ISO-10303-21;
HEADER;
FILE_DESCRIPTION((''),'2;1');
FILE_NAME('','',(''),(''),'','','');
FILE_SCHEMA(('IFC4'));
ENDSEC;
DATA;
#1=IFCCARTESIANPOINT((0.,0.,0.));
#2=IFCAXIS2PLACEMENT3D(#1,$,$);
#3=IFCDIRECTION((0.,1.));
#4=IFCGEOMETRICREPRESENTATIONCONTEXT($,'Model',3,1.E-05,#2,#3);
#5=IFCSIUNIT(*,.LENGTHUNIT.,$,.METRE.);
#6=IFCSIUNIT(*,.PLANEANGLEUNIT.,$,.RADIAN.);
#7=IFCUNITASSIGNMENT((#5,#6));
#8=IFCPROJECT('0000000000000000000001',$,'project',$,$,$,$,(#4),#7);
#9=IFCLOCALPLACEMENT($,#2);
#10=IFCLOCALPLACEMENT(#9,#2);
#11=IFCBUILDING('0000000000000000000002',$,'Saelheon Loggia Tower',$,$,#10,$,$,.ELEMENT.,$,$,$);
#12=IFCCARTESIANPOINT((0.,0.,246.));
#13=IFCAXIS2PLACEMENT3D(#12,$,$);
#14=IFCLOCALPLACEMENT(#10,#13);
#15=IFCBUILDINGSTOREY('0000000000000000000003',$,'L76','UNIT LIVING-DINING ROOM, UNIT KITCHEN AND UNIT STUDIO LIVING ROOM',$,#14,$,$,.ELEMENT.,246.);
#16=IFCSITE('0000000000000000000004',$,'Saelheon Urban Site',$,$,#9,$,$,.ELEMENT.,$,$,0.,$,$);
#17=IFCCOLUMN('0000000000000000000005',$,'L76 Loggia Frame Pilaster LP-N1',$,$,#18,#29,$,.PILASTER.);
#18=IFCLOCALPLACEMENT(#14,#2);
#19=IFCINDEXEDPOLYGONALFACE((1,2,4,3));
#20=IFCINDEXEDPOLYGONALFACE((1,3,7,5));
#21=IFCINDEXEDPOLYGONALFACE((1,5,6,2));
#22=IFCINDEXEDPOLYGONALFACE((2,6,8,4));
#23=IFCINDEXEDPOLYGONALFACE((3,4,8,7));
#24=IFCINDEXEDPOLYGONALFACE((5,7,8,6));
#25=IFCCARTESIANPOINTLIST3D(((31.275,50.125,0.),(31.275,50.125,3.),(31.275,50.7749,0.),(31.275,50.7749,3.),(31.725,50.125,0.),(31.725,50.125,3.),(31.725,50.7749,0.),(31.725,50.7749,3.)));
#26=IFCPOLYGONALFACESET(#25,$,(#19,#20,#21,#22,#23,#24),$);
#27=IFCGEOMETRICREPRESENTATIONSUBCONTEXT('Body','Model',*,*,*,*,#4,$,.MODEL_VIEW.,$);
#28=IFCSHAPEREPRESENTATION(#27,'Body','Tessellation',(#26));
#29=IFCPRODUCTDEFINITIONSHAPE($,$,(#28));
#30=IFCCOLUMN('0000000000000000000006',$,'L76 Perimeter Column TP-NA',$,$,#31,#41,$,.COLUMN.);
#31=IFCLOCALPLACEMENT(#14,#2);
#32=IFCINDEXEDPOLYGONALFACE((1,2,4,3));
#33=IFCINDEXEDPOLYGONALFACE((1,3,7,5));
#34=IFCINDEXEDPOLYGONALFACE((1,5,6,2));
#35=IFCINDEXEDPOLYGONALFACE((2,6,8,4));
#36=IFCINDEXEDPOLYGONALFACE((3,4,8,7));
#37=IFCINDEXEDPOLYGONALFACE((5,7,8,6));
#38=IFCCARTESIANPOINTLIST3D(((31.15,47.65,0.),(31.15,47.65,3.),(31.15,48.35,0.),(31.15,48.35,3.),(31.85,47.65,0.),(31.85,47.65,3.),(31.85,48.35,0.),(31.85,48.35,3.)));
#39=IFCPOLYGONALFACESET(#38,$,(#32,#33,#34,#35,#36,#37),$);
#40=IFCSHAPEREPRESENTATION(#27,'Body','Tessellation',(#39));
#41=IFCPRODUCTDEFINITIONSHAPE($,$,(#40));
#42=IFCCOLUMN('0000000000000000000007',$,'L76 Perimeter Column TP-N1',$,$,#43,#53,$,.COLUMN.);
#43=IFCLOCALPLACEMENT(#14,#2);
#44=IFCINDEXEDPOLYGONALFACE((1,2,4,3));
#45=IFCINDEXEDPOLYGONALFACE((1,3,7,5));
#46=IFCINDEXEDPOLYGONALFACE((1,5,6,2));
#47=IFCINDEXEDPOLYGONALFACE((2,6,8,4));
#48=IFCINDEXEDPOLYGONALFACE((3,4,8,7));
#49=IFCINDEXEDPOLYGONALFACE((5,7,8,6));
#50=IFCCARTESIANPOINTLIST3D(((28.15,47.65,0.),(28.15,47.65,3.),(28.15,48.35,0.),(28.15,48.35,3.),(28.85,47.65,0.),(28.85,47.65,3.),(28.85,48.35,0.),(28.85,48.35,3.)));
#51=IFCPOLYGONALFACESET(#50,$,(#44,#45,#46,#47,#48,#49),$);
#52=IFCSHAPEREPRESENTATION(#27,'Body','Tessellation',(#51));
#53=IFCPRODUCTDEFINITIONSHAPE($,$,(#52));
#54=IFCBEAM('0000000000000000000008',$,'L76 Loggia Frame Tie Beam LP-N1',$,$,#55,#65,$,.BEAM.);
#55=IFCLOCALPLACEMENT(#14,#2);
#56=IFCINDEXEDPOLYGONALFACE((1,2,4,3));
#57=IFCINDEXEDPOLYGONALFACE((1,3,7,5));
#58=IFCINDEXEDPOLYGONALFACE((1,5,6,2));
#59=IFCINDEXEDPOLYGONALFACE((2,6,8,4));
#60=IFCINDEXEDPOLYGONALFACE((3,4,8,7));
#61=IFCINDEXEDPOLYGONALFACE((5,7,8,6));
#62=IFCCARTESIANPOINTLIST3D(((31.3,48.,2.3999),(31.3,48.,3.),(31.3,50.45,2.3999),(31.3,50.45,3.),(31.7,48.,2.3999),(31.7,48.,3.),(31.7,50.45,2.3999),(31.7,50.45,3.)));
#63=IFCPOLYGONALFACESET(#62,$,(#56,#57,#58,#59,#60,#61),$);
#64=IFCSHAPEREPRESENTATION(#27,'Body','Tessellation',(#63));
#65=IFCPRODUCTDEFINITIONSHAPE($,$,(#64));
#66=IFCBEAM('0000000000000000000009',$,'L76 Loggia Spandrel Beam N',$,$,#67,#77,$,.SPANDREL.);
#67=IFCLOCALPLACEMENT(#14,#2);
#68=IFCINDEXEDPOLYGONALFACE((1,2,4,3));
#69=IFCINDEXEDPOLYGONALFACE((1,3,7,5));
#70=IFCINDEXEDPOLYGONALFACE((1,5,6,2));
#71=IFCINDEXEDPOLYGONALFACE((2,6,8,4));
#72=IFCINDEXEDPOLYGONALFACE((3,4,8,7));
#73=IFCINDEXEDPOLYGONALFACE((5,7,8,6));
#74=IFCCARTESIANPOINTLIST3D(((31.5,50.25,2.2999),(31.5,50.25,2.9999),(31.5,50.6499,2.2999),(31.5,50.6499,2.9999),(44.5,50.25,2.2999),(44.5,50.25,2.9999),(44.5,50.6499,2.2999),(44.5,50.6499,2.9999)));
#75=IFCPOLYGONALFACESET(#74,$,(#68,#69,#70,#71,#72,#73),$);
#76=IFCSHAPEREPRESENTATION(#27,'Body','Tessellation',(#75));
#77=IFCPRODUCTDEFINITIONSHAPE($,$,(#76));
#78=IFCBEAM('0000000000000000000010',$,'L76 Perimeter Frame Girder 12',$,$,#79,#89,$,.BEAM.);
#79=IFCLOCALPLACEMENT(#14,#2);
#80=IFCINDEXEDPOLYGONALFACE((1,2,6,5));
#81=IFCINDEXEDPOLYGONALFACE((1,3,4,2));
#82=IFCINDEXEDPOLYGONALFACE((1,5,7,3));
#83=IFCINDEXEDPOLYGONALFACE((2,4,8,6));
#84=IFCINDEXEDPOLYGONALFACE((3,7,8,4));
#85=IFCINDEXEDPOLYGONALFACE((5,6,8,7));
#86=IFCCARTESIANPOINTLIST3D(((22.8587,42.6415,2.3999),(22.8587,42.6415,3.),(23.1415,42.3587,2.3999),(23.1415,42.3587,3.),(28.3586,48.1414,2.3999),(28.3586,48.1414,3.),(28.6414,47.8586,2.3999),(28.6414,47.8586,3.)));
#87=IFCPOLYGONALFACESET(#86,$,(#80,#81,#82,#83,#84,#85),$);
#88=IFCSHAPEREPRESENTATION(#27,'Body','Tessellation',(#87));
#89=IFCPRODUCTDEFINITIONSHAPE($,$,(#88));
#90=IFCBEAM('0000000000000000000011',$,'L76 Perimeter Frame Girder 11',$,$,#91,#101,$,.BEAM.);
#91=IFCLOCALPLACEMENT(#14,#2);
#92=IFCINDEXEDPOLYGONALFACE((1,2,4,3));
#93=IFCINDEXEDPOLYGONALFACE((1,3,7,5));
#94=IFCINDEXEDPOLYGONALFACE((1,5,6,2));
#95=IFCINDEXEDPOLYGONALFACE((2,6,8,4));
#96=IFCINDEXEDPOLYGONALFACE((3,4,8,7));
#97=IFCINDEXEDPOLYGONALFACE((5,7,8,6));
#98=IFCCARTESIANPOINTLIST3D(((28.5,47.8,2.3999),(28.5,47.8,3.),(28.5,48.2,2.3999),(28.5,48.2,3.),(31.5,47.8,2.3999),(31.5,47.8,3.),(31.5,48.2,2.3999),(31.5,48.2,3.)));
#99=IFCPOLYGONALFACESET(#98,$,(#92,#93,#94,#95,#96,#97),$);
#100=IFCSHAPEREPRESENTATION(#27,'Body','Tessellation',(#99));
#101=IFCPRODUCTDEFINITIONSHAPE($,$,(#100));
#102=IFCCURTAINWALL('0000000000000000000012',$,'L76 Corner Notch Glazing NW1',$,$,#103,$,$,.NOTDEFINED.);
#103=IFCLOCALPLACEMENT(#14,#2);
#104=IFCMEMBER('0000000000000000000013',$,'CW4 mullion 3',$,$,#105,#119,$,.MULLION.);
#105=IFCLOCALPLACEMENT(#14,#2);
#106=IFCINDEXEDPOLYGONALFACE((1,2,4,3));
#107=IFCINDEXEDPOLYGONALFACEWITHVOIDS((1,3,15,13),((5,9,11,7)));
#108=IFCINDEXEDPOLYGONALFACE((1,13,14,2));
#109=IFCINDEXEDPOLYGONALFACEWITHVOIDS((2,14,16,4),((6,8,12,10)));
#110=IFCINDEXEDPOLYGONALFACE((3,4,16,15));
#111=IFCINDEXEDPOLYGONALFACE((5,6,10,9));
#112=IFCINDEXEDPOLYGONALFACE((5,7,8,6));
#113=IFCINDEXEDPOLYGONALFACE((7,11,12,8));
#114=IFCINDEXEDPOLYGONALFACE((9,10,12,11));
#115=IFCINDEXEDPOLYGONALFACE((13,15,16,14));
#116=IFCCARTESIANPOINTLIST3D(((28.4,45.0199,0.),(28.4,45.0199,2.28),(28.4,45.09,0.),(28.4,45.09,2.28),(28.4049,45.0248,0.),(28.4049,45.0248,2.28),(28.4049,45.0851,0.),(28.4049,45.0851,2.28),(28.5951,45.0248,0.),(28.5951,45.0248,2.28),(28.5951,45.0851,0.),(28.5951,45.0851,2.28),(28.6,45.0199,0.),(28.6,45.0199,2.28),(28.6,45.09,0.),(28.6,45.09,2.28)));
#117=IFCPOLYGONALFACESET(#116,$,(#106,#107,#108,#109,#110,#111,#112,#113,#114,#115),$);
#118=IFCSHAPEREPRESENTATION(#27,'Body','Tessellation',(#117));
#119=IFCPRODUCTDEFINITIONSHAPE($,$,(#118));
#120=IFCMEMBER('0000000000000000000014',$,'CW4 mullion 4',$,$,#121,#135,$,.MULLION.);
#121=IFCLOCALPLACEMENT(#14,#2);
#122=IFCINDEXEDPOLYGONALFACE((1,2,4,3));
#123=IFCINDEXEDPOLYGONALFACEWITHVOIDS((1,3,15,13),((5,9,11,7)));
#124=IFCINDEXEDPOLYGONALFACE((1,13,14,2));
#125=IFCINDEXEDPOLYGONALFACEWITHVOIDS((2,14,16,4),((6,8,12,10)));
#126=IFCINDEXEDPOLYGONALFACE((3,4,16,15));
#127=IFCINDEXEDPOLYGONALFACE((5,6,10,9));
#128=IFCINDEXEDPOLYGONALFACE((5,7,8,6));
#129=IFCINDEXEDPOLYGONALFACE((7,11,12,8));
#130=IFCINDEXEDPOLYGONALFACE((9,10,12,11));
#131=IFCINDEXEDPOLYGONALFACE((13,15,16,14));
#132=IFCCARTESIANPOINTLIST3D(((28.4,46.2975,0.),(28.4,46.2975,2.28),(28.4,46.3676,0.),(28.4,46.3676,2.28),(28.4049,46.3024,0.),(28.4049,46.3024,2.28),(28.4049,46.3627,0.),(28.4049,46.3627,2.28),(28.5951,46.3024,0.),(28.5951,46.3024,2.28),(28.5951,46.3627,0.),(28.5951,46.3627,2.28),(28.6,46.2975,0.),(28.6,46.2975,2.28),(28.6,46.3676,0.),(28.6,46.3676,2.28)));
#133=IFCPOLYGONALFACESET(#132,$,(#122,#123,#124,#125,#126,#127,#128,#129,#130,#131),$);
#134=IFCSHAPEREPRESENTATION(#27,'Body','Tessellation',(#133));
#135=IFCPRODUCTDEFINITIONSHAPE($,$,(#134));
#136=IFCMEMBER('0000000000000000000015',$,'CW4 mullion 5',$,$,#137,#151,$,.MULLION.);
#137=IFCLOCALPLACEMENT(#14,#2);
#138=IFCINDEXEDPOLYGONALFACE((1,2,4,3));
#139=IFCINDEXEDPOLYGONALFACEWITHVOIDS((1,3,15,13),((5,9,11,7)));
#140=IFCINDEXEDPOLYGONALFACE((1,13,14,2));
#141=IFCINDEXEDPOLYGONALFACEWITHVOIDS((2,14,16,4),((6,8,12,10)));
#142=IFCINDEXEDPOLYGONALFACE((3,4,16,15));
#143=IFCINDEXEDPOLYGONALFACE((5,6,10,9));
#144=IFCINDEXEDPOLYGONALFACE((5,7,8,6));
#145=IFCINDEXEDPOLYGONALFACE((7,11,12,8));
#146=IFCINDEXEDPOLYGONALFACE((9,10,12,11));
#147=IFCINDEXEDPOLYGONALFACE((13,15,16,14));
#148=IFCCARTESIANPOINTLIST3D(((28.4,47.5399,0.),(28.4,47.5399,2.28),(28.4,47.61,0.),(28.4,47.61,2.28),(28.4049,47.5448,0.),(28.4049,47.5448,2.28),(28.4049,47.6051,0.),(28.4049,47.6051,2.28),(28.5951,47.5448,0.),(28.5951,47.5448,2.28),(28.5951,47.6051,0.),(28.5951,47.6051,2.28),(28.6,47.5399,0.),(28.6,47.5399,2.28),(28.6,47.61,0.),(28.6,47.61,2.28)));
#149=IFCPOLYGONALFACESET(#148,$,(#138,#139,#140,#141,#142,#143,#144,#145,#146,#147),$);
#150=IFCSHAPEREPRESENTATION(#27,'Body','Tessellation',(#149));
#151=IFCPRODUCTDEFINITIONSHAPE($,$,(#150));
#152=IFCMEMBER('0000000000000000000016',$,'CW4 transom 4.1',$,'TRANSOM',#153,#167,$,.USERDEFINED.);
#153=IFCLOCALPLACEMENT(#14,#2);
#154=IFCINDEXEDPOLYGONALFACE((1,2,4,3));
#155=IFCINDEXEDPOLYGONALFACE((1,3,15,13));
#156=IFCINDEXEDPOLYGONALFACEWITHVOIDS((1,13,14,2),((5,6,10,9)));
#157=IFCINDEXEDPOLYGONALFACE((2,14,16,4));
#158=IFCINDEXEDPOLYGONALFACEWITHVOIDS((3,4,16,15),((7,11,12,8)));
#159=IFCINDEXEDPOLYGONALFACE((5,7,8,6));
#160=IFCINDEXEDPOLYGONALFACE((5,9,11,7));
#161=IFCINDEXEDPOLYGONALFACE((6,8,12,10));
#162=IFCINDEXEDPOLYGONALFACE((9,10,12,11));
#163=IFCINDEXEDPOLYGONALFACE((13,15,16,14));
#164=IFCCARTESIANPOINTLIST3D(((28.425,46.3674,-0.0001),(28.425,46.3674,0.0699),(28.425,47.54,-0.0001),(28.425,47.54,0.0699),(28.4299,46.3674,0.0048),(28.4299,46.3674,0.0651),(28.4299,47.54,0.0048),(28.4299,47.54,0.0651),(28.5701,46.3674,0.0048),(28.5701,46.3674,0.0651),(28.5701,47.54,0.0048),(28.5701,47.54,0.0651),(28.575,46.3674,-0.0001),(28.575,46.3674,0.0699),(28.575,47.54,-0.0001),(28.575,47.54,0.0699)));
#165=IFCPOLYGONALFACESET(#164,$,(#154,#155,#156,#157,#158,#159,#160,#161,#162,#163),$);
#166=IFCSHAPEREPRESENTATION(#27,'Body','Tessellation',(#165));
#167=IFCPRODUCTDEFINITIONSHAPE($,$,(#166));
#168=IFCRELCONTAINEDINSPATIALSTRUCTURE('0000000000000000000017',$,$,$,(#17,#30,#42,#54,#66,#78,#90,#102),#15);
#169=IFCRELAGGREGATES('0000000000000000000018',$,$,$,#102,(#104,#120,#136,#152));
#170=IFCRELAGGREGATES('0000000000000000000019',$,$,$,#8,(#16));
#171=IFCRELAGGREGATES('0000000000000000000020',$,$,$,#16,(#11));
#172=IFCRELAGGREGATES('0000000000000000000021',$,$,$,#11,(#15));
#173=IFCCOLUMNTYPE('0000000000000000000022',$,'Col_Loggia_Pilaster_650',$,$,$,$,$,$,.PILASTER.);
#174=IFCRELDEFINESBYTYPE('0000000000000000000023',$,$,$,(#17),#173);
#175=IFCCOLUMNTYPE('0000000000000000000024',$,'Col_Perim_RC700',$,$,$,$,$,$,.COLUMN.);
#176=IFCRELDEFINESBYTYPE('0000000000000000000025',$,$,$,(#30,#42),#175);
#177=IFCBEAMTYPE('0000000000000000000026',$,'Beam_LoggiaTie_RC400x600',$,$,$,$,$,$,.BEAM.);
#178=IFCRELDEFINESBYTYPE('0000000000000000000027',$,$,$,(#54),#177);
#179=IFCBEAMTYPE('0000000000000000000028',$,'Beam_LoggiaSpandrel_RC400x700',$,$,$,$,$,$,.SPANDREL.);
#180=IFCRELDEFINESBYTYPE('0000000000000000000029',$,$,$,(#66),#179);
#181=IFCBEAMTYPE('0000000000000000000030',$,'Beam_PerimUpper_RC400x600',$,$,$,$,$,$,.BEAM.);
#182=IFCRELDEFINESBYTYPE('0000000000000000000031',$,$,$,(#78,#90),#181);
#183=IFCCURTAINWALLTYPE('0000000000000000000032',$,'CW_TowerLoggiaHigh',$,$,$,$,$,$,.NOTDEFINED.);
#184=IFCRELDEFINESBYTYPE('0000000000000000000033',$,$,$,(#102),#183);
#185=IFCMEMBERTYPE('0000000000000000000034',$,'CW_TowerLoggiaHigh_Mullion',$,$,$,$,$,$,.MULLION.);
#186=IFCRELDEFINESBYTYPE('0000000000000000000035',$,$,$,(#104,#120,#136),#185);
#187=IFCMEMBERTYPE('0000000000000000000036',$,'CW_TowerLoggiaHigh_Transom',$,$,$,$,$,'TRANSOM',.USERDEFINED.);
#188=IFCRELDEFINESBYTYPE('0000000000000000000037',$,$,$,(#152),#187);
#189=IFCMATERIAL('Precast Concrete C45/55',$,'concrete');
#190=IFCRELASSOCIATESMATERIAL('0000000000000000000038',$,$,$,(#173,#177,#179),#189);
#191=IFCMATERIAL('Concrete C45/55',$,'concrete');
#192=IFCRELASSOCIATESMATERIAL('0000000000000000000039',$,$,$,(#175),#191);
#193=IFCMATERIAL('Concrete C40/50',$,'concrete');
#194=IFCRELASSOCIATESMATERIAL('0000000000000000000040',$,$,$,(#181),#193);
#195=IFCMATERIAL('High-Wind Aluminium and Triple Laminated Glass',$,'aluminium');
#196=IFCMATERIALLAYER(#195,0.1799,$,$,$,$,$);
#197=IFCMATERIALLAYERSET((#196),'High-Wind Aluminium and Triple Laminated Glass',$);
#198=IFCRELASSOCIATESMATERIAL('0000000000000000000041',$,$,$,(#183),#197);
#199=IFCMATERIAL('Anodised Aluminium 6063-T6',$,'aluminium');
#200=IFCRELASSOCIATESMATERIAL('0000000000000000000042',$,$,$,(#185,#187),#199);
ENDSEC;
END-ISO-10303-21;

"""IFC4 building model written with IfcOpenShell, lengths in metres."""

from ifc_helpers import new_model, si_unit, direction, frame, origin, origin_2d, place, context, subcontext, project, spatial, rectangle, hollow_rectangle, extrude, source, transform, mapped, material, layer, layer_set, material_profile, profile_set, type_object, element, aggregate, save


model = new_model("IFC4")

# Units and contexts
model_context = context("Model", 3, precision=1e-05, world=origin(), true_north=direction((0.0, 1.0)))
body_context = subcontext(model_context, "Body", "Model", "MODEL_VIEW")
ifc_project = project(units=[si_unit("LENGTHUNIT", "METRE"), si_unit("PLANEANGLEUNIT", "RADIAN")], contexts=[model_context])

# Site, building, storey
site_placement = place(None, origin())
site = spatial("IfcSite", under=ifc_project, at=site_placement, Name="Saelheon Urban Site", CompositionType="ELEMENT", RefElevation=0.0)
building_placement = place(site_placement, origin())
building = spatial("IfcBuilding", under=site, at=building_placement, Name="Saelheon Loggia Tower", CompositionType="ELEMENT")
storey_placement = place(building_placement, frame((0.0, 0.0, 246.0)))
storey = spatial("IfcBuildingStorey", under=building, at=storey_placement, Name="L76", Description="UNIT LIVING-DINING ROOM, UNIT KITCHEN AND UNIT STUDIO LIVING ROOM", CompositionType="ELEMENT", Elevation=246.0)

# Columns
ifc_material_1 = material(Name="Precast Concrete C45/55", Category="concrete")
ifc_material_profile_1 = material_profile(ifc_material_1, rectangle(XDim=0.45, YDim=0.6499, at=origin_2d()), Name="RC-450x650")
ifc_profile_set_1 = profile_set([ifc_material_profile_1], Name="Precast Concrete C45/55")
column_type_1 = type_object("IfcColumnType", Name="Col_Loggia_Pilaster_650", PredefinedType="PILASTER", material=ifc_profile_set_1)
shared_shape_1 = source(origin(), body_context, "Body", "SweptSolid", [
    extrude(rectangle(XDim=0.45, YDim=0.6499, at=origin_2d()), origin(), (0.0, 0.0, 1.0), 3.0),
])
column_placement = place(storey_placement, frame((31.5, 50.45, 0.0), z_axis=(0.0, 0.0, 1.0), x_axis=(1.0, 0.0, 0.0)))
element("IfcColumn", 1, at=column_placement, inside=storey, type_object=column_type_1, Name="L76 Loggia Frame Pilaster LP-N1", PredefinedType="PILASTER", context=body_context, shape_type="MappedRepresentation", body=[
    mapped(shared_shape_1, transform((0.0, 0.0, 0.0), scale=1.0)),
])
ifc_material_2 = material(Name="Concrete C45/55", Category="concrete")
ifc_material_profile_2 = material_profile(ifc_material_2, rectangle(XDim=0.7, YDim=0.7, at=origin_2d()), Name="RC-700x700")
ifc_profile_set_2 = profile_set([ifc_material_profile_2], Name="Concrete C45/55")
column_type_2 = type_object("IfcColumnType", Name="Col_Perim_RC700", PredefinedType="COLUMN", material=ifc_profile_set_2)
shared_shape_2 = source(origin(), body_context, "Body", "SweptSolid", [
    extrude(rectangle(XDim=0.7, YDim=0.7, at=origin_2d()), origin(), (0.0, 0.0, 1.0), 3.0),
])
for number, where, z_axis, x_axis, name in (
    (2, (31.5, 48.0, 0.0), (0.0, 0.0, 1.0), (1.0, 0.0, 0.0), "L76 Perimeter Column TP-NA"),
    (3, (28.5, 48.0, 0.0), (0.0, 0.0, 1.0), (1.0, 0.0, 0.0), "L76 Perimeter Column TP-N1"),
):
    element("IfcColumn", number, at=place(storey_placement, frame(where, z_axis=z_axis, x_axis=x_axis)), inside=storey, type_object=column_type_2, Name=name, PredefinedType="COLUMN", context=body_context, shape_type="MappedRepresentation", body=[
        mapped(shared_shape_2, transform((0.0, 0.0, 0.0), scale=1.0)),
    ])

# Beams
ifc_material_profile_3 = material_profile(ifc_material_1, rectangle(XDim=0.3999, YDim=0.6001, at=origin_2d()), Name="RC-400x600")
ifc_profile_set_3 = profile_set([ifc_material_profile_3], Name="Precast Concrete C45/55")
beam_type_1 = type_object("IfcBeamType", Name="Beam_LoggiaTie_RC400x600", PredefinedType="BEAM", material=ifc_profile_set_3)
shared_shape_3 = source(origin(), body_context, "Body", "SweptSolid", [
    extrude(rectangle(XDim=0.3999, YDim=0.6001, at=origin_2d()), origin(), (0.0, 0.0, 1.0), 2.45),
])
beam_1_placement = place(storey_placement, frame((31.5, 48.0, 2.7), z_axis=(0.0, 1.0, 0.0), x_axis=(-1.0, 0.0, 0.0)))
element("IfcBeam", 4, at=beam_1_placement, inside=storey, type_object=beam_type_1, Name="L76 Loggia Frame Tie Beam LP-N1", PredefinedType="BEAM", context=body_context, shape_type="MappedRepresentation", body=[
    mapped(shared_shape_3, transform((0.0, 0.0, 0.0), scale=1.0)),
])
ifc_material_profile_4 = material_profile(ifc_material_1, rectangle(XDim=0.3999, YDim=0.7, at=origin_2d()), Name="RC-400x700")
ifc_profile_set_4 = profile_set([ifc_material_profile_4], Name="Precast Concrete C45/55")
beam_type_2 = type_object("IfcBeamType", Name="Beam_LoggiaSpandrel_RC400x700", PredefinedType="SPANDREL", material=ifc_profile_set_4)
shared_shape_4 = source(origin(), body_context, "Body", "SweptSolid", [
    extrude(rectangle(XDim=0.3999, YDim=0.7, at=origin_2d()), origin(), (0.0, 0.0, 1.0), 13.0),
])
beam_2_placement = place(storey_placement, frame((31.5, 50.45, 2.6499), z_axis=(1.0, 0.0, 0.0), x_axis=(0.0, 1.0, 0.0)))
element("IfcBeam", 5, at=beam_2_placement, inside=storey, type_object=beam_type_2, Name="L76 Loggia Spandrel Beam N", PredefinedType="SPANDREL", context=body_context, shape_type="MappedRepresentation", body=[
    mapped(shared_shape_4, transform((0.0, 0.0, 0.0), scale=1.0)),
])
ifc_material_3 = material(Name="Concrete C40/50", Category="concrete")
ifc_material_profile_5 = material_profile(ifc_material_3, rectangle(XDim=0.3999, YDim=0.6001, at=origin_2d()), Name="RC-400x600")
ifc_profile_set_5 = profile_set([ifc_material_profile_5], Name="Concrete C40/50")
beam_type_3 = type_object("IfcBeamType", Name="Beam_PerimUpper_RC400x600", PredefinedType="BEAM", material=ifc_profile_set_5)
shared_shape_5 = source(origin(), body_context, "Body", "SweptSolid", [
    extrude(rectangle(XDim=0.3999, YDim=0.6001, at=origin_2d()), origin(), (0.0, 0.0, 1.0), 7.7781),
])
beam_3_placement = place(storey_placement, frame((28.5, 48.0, 2.7), z_axis=(-0.707107, -0.707107, 0.0), x_axis=(0.707107, -0.707107, 0.0)))
element("IfcBeam", 6, at=beam_3_placement, inside=storey, type_object=beam_type_3, Name="L76 Perimeter Frame Girder 12", PredefinedType="BEAM", context=body_context, shape_type="MappedRepresentation", body=[
    mapped(shared_shape_5, transform((0.0, 0.0, 0.0), scale=1.0)),
])
shared_shape_6 = source(origin(), body_context, "Body", "SweptSolid", [
    extrude(rectangle(XDim=0.3999, YDim=0.6001, at=origin_2d()), origin(), (0.0, 0.0, 1.0), 3.0),
])
beam_4_placement = place(storey_placement, frame((31.5, 48.0, 2.7), z_axis=(-1.0, 0.0, 0.0), x_axis=(0.0, -1.0, 0.0)))
element("IfcBeam", 7, at=beam_4_placement, inside=storey, type_object=beam_type_3, Name="L76 Perimeter Frame Girder 11", PredefinedType="BEAM", context=body_context, shape_type="MappedRepresentation", body=[
    mapped(shared_shape_6, transform((0.0, 0.0, 0.0), scale=1.0)),
])

# Curtain wall, members
ifc_material_4 = material(Name="High-Wind Aluminium and Triple Laminated Glass", Category="aluminium")
ifc_layer_1 = layer(ifc_material_4, 0.1799)
ifc_layer_set_1 = layer_set([ifc_layer_1], Name="High-Wind Aluminium and Triple Laminated Glass")
curtain_wall_type = type_object("IfcCurtainWallType", Name="CW_TowerLoggiaHigh", PredefinedType="NOTDEFINED", material=ifc_layer_set_1)
curtain_wall_placement = place(storey_placement, origin())
curtain_wall = element("IfcCurtainWall", 8, at=curtain_wall_placement, inside=storey, type_object=curtain_wall_type, Name="L76 Corner Notch Glazing NW1", PredefinedType="NOTDEFINED")
ifc_material_5 = material(Name="Anodised Aluminium 6063-T6", Category="aluminium")
ifc_material_profile_6 = material_profile(ifc_material_5, hollow_rectangle(XDim=0.0701, YDim=0.2, WallThickness=0.0049, at=origin_2d()), Name="RHS-200x70x5")
ifc_profile_set_6 = profile_set([ifc_material_profile_6], Name="Anodised Aluminium 6063-T6")
member_type_1 = type_object("IfcMemberType", Name="CW_TowerLoggiaHigh_Mullion", PredefinedType="MULLION", material=ifc_profile_set_6)
shared_shape_7 = source(origin(), body_context, "Body", "SweptSolid", [
    extrude(hollow_rectangle(XDim=0.0701, YDim=0.2, WallThickness=0.0049, at=origin_2d()), origin(), (0.0, 0.0, 1.0), 2.28),
])
member_1_placement = place(storey_placement, frame((28.5, 45.0549, 0.0), z_axis=(0.0, 0.0, 1.0), x_axis=(0.0, 1.0, 0.0)))
member_1 = element("IfcMember", 9, at=member_1_placement, type_object=member_type_1, Name="CW4 mullion 3", PredefinedType="MULLION", context=body_context, shape_type="MappedRepresentation", body=[
    mapped(shared_shape_7, transform((0.0, 0.0, 0.0), scale=1.0)),
])
member_2_placement = place(storey_placement, frame((28.5, 46.3325, 0.0), z_axis=(0.0, 0.0, 1.0), x_axis=(0.0, 1.0, 0.0)))
member_2 = element("IfcMember", 10, at=member_2_placement, type_object=member_type_1, Name="CW4 mullion 4", PredefinedType="MULLION", context=body_context, shape_type="MappedRepresentation", body=[
    mapped(shared_shape_7, transform((0.0, 0.0, 0.0), scale=1.0)),
])
member_3_placement = place(storey_placement, frame((28.5, 47.575, 0.0), z_axis=(0.0, 0.0, 1.0), x_axis=(0.0, 1.0, 0.0)))
member_3 = element("IfcMember", 11, at=member_3_placement, type_object=member_type_1, Name="CW4 mullion 5", PredefinedType="MULLION", context=body_context, shape_type="MappedRepresentation", body=[
    mapped(shared_shape_7, transform((0.0, 0.0, 0.0), scale=1.0)),
])
ifc_material_profile_7 = material_profile(ifc_material_5, hollow_rectangle(XDim=0.0701, YDim=0.1499, WallThickness=0.0049, at=origin_2d()), Name="RHS-150x70x5")
ifc_profile_set_7 = profile_set([ifc_material_profile_7], Name="Anodised Aluminium 6063-T6")
member_type_2 = type_object("IfcMemberType", Name="CW_TowerLoggiaHigh_Transom", ElementType="TRANSOM", PredefinedType="USERDEFINED", material=ifc_profile_set_7)
shared_shape_8 = source(origin(), body_context, "Body", "SweptSolid", [
    extrude(hollow_rectangle(XDim=0.0701, YDim=0.1499, WallThickness=0.0049, at=origin_2d()), origin(), (0.0, 0.0, 1.0), 1.1726),
])
member_4_placement = place(storey_placement, frame((28.5, 46.3674, 0.0349), z_axis=(0.0, 1.0, 0.0), x_axis=(0.0, 0.0, 1.0)))
member_4 = element("IfcMember", 12, at=member_4_placement, type_object=member_type_2, Name="CW4 transom 4.1", ObjectType="TRANSOM", PredefinedType="USERDEFINED", context=body_context, shape_type="MappedRepresentation", body=[
    mapped(shared_shape_8, transform((0.0, 0.0, 0.0), scale=1.0)),
])
aggregate(curtain_wall, [member_1, member_2, member_3, member_4])

save(model, "model.ifc")
